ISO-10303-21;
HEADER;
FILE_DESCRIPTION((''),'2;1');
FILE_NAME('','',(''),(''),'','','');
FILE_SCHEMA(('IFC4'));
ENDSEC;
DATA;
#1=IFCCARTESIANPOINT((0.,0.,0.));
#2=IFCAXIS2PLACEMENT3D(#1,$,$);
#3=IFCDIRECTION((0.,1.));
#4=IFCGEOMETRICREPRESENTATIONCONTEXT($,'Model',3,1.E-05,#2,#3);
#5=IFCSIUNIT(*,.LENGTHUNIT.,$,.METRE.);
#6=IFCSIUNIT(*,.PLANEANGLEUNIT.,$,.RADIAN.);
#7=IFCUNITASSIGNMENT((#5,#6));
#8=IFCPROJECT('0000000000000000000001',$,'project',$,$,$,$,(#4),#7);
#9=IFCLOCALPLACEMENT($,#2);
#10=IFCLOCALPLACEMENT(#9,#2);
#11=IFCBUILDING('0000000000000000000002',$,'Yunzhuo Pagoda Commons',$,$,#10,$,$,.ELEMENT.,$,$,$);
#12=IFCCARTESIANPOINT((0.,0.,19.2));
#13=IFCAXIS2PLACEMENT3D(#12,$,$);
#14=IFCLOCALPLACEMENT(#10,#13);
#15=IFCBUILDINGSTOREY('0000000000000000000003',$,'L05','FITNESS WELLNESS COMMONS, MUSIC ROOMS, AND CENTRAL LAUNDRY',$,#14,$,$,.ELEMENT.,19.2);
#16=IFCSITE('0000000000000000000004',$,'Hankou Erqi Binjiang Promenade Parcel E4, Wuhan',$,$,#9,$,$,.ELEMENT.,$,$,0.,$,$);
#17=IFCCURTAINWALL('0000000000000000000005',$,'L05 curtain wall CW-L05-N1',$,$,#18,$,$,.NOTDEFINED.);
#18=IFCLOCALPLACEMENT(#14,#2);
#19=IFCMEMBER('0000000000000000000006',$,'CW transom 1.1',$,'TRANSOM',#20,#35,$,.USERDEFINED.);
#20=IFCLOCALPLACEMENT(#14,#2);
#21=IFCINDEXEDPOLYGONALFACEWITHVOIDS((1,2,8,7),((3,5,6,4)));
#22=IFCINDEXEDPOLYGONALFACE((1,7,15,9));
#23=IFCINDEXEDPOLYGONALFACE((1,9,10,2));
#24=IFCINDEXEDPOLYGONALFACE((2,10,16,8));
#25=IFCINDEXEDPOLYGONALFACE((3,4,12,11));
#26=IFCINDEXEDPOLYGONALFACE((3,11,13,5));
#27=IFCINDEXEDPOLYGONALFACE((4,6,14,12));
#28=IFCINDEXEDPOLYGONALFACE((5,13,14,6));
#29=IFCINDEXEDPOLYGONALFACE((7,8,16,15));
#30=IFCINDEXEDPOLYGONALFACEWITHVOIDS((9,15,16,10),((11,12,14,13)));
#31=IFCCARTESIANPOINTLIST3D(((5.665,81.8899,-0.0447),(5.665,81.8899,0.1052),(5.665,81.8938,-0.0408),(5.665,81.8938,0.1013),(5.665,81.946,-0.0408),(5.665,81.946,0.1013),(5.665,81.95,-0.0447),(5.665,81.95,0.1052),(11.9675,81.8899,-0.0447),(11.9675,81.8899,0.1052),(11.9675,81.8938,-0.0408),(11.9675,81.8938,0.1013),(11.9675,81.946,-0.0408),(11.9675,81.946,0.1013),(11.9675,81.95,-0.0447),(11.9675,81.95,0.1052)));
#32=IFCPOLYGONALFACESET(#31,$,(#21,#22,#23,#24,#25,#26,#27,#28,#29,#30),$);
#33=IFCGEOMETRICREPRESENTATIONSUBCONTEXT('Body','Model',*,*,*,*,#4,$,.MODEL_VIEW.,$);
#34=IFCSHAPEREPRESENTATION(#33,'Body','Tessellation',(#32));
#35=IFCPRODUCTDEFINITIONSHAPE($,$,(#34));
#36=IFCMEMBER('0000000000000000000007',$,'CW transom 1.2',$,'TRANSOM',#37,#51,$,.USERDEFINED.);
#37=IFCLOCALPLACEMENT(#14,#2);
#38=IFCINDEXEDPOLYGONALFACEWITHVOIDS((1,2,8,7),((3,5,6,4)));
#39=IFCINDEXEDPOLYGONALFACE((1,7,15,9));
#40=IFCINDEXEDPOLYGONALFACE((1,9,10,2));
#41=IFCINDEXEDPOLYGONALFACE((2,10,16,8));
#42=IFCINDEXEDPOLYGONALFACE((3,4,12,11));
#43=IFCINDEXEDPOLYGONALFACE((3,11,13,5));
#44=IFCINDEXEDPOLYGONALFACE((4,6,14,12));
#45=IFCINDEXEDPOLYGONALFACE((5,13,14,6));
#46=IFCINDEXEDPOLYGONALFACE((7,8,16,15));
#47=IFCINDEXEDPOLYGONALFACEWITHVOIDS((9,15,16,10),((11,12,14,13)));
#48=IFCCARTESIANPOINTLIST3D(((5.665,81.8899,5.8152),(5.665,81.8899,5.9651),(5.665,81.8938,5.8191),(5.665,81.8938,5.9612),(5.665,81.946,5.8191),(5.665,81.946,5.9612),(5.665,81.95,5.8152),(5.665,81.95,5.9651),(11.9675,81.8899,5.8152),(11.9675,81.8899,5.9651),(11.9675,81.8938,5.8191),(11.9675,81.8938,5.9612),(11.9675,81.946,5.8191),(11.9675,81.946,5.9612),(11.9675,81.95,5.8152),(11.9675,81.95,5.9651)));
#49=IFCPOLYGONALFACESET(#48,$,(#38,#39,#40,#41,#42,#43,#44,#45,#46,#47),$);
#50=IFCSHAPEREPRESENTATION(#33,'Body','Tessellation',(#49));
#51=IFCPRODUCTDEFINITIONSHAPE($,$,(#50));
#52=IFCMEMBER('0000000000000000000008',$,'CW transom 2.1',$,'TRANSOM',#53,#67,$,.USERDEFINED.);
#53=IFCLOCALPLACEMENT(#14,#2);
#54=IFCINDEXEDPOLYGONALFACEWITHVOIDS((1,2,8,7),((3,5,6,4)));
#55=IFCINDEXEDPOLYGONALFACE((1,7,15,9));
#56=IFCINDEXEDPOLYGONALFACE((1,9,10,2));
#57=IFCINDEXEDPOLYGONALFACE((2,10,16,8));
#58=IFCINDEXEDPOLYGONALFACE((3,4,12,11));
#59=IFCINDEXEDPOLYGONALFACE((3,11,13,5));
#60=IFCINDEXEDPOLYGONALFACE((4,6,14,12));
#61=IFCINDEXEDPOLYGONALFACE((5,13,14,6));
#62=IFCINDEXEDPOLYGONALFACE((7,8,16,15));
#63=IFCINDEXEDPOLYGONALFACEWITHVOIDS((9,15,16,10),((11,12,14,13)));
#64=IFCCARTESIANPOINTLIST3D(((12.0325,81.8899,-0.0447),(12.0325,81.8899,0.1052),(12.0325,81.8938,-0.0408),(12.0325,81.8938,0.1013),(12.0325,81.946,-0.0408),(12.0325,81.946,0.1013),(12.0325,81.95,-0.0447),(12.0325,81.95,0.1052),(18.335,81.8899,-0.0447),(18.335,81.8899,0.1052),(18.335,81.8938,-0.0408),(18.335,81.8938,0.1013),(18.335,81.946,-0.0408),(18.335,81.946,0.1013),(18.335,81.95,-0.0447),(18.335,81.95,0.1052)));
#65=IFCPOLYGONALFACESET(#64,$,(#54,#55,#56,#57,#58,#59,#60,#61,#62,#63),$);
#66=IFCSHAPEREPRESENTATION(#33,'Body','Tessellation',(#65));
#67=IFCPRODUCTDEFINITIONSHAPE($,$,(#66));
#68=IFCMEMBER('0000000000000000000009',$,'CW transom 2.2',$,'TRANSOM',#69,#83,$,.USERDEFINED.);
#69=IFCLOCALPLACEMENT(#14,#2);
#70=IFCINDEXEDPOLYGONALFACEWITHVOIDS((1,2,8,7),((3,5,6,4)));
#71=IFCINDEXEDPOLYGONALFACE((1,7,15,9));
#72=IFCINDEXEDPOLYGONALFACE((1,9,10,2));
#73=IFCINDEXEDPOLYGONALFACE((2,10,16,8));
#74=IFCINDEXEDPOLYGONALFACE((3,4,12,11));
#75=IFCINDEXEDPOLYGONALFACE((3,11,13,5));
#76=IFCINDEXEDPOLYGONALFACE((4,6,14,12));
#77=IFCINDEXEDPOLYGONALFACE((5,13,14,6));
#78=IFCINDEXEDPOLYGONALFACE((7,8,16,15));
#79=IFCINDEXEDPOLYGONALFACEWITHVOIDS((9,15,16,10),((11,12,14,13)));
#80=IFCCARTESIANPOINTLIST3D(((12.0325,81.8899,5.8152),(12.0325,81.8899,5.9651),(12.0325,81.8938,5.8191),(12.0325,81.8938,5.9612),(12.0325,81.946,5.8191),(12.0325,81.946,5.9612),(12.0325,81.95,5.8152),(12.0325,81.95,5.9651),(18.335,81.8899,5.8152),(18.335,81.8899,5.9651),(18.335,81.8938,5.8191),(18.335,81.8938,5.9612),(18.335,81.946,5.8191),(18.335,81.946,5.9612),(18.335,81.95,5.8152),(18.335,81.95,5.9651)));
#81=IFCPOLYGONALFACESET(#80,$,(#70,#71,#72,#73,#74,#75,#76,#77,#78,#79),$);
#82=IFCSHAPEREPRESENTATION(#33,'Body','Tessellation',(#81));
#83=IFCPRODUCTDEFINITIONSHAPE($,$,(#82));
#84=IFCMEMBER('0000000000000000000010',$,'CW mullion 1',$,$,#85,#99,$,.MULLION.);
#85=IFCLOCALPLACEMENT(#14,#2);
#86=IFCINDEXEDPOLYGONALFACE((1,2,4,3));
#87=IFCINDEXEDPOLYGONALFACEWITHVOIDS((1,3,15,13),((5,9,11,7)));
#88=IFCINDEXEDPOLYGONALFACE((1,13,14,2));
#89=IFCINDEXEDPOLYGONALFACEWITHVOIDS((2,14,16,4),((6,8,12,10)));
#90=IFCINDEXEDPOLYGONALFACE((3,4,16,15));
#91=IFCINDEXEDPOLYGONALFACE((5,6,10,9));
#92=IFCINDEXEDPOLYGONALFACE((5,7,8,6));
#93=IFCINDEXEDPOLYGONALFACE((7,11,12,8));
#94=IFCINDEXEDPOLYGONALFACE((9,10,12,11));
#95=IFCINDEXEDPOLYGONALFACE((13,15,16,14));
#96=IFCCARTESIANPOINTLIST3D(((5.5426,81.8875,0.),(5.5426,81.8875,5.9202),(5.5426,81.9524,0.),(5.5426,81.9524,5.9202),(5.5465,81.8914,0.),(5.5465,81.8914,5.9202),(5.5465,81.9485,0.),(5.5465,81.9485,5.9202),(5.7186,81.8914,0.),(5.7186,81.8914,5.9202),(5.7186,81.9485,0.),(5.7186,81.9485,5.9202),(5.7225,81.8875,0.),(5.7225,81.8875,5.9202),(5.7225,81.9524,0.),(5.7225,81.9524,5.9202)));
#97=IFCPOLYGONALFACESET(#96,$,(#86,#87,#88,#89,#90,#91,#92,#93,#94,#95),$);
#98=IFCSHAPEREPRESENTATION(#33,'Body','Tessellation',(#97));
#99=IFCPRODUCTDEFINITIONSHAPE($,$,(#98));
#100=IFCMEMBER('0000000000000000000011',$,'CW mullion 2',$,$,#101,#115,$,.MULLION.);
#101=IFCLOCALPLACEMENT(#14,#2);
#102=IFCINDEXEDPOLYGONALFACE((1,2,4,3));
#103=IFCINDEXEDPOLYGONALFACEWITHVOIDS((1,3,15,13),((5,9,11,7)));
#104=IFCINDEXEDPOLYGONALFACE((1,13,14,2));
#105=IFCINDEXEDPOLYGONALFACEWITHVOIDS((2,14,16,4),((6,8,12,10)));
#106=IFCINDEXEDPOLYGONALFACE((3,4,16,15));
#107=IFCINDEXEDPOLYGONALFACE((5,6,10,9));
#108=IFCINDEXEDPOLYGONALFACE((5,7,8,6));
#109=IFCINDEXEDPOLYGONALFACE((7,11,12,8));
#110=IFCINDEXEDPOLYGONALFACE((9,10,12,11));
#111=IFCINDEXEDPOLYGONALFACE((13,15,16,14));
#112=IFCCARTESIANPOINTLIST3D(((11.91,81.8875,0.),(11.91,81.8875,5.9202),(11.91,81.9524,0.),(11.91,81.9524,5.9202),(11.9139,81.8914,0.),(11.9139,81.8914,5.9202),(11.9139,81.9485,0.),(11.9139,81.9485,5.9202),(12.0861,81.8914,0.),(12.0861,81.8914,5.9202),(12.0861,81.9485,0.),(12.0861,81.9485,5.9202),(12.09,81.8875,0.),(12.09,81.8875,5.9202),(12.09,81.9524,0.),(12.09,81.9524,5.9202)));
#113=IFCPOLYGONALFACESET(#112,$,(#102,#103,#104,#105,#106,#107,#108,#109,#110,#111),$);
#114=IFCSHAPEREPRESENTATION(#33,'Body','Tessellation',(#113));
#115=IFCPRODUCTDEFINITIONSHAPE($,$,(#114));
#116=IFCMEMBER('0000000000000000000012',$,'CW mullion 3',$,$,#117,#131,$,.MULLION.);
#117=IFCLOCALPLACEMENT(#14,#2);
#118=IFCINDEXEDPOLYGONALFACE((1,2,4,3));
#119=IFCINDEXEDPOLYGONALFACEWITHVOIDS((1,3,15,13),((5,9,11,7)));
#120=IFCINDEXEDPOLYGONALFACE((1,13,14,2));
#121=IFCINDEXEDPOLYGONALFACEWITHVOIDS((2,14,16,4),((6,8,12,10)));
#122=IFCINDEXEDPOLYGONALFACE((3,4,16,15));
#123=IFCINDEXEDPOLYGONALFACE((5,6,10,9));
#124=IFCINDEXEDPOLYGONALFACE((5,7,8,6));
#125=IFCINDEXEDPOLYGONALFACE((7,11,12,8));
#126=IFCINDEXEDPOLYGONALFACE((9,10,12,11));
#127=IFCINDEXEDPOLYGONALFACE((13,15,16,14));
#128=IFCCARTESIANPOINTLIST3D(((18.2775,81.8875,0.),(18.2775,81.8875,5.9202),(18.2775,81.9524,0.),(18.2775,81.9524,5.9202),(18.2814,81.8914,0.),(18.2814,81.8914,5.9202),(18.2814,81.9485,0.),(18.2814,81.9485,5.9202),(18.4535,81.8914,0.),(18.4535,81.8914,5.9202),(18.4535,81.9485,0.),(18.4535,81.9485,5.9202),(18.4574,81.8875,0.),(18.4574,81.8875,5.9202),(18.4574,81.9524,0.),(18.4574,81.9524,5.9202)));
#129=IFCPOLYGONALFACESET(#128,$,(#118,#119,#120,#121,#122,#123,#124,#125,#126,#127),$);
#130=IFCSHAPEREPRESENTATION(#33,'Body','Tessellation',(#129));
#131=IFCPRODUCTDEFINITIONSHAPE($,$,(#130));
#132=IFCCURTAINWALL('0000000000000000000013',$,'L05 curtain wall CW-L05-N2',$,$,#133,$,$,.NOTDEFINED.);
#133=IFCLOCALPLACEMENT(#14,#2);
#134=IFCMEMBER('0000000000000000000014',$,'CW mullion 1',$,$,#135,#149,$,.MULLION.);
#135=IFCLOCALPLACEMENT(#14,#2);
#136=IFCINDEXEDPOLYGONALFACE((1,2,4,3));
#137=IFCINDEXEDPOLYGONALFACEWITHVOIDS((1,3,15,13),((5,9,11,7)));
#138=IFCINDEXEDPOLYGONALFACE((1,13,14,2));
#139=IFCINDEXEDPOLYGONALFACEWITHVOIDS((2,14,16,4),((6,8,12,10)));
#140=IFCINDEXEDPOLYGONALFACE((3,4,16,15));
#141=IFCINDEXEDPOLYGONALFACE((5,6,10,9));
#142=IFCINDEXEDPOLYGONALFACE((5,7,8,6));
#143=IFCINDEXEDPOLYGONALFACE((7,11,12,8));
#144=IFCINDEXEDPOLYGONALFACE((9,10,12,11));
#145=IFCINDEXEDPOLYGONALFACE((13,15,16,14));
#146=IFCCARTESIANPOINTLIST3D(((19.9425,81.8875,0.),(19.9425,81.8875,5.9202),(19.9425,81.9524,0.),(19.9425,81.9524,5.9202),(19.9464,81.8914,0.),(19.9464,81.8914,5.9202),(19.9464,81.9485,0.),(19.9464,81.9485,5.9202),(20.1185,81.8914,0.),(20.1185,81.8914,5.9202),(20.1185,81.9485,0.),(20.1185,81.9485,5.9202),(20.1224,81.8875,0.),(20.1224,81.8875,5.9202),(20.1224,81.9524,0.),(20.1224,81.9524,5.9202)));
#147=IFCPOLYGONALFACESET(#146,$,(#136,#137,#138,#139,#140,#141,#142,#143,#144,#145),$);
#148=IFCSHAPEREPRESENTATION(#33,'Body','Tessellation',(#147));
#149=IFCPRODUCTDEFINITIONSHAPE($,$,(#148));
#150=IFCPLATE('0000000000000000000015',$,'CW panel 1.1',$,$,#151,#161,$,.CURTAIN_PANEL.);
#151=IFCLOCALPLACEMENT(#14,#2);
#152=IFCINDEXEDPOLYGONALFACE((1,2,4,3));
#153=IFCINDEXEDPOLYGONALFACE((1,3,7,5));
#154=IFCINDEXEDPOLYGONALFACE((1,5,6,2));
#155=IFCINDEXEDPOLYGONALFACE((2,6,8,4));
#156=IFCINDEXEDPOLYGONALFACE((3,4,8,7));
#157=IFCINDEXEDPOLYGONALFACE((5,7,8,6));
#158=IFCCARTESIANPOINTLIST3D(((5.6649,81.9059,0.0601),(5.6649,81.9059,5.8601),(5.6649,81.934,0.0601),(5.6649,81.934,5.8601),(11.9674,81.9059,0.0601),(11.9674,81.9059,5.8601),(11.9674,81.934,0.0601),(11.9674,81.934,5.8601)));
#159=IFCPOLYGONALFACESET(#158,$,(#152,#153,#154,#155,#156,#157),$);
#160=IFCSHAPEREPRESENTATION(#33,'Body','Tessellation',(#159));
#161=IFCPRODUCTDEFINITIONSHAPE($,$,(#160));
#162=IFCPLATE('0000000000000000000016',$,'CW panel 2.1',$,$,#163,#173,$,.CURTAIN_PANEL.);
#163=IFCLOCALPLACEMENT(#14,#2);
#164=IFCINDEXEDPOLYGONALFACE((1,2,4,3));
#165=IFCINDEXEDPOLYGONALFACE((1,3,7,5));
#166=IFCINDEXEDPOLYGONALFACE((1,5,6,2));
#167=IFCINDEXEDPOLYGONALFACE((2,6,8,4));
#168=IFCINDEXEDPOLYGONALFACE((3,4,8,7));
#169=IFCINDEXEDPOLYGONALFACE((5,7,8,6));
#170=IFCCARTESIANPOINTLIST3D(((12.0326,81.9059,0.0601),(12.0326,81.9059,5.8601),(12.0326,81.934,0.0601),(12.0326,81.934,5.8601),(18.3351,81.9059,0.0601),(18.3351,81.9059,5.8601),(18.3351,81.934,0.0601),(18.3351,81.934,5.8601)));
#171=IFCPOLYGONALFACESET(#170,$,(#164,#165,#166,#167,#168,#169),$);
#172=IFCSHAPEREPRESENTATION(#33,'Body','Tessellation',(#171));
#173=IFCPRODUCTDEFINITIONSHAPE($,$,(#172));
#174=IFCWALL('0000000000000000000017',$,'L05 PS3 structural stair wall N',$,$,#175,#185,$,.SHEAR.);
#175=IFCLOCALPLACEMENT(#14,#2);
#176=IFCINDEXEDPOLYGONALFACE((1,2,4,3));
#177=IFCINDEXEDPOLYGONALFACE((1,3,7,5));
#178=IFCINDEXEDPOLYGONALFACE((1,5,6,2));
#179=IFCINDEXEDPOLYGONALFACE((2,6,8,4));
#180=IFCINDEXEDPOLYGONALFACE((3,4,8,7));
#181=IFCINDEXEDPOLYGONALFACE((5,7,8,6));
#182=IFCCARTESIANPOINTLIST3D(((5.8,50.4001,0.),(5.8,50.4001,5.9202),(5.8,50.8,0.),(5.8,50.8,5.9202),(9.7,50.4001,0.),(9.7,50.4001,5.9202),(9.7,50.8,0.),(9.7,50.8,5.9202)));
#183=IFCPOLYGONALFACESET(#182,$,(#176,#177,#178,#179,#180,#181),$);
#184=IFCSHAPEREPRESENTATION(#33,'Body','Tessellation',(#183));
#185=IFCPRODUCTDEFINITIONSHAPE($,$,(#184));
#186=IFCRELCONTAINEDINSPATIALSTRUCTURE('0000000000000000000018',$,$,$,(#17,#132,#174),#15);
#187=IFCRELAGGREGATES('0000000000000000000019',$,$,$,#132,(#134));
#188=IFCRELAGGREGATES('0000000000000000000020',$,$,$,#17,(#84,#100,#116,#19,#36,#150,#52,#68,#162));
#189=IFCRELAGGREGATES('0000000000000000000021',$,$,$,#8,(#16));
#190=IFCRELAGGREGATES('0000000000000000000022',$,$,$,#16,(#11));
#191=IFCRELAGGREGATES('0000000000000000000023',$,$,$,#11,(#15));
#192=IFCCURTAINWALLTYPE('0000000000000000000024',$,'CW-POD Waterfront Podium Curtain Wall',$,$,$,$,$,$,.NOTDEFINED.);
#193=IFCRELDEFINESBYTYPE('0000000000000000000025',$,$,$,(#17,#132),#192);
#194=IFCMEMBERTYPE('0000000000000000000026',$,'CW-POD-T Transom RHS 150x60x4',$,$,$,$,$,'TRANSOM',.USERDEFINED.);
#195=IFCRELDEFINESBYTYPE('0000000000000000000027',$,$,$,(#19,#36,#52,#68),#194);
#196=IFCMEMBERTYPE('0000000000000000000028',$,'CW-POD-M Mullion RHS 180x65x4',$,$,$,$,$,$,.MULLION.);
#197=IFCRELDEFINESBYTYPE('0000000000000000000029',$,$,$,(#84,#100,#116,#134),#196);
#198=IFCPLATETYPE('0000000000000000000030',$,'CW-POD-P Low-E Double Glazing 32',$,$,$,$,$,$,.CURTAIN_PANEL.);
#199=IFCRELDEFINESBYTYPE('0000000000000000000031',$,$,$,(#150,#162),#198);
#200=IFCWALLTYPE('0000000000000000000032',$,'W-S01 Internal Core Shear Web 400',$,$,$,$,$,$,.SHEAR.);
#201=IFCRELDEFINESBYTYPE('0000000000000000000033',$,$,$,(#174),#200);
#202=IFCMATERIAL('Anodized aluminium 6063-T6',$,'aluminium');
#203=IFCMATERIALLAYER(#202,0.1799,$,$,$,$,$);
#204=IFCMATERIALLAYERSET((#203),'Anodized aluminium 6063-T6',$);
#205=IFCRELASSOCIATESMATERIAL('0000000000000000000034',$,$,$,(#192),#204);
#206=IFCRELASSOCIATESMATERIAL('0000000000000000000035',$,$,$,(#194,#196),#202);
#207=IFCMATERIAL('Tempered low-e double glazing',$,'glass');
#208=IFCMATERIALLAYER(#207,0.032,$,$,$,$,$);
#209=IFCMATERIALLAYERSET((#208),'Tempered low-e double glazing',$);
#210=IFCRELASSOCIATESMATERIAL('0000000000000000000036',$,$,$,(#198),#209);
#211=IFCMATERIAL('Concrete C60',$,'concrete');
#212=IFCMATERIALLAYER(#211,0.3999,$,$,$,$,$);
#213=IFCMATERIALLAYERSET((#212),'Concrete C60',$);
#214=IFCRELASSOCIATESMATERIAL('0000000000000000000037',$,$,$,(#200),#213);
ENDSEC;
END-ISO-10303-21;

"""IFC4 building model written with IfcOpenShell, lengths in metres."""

from ifc_helpers import new_model, si_unit, direction, frame, frame_2d, origin, origin_2d, place, context, subcontext, project, spatial, rectangle, hollow_rectangle, extrude, source, transform, mapped, material, layer, layer_set, material_profile, profile_set, type_object, element, aggregate, save


model = new_model("IFC4")

# Units and contexts
model_context = context("Model", 3, precision=1e-05, world=origin(), true_north=direction((0.0, 1.0)))
body_context = subcontext(model_context, "Body", "Model", "MODEL_VIEW")
ifc_project = project(units=[si_unit("LENGTHUNIT", "METRE"), si_unit("PLANEANGLEUNIT", "RADIAN")], contexts=[model_context])

# Site, building, storey
site_placement = place(None, origin())
site = spatial("IfcSite", under=ifc_project, at=site_placement, Name="Hankou Erqi Binjiang Promenade Parcel E4, Wuhan", CompositionType="ELEMENT", RefElevation=0.0)
building_placement = place(site_placement, origin())
building = spatial("IfcBuilding", under=site, at=building_placement, Name="Yunzhuo Pagoda Commons", CompositionType="ELEMENT")
storey_placement = place(building_placement, frame((0.0, 0.0, 19.2)))
storey = spatial("IfcBuildingStorey", under=building, at=storey_placement, Name="L05", Description="FITNESS WELLNESS COMMONS, MUSIC ROOMS, AND CENTRAL LAUNDRY", CompositionType="ELEMENT", Elevation=19.2)

# Curtain wall, members
ifc_material_1 = material(Name="Anodized aluminium 6063-T6", Category="aluminium")
ifc_layer_1 = layer(ifc_material_1, 0.1799)
ifc_layer_set_1 = layer_set([ifc_layer_1], Name="Anodized aluminium 6063-T6")
curtain_wall_type = type_object("IfcCurtainWallType", Name="CW-POD Waterfront Podium Curtain Wall", PredefinedType="NOTDEFINED", material=ifc_layer_set_1)
curtain_wall_1_placement = place(storey_placement, origin())
curtain_wall_1 = element("IfcCurtainWall", 1, at=curtain_wall_1_placement, inside=storey, type_object=curtain_wall_type, Name="L05 curtain wall CW-L05-N1", PredefinedType="NOTDEFINED")
ifc_material_profile_1 = material_profile(ifc_material_1, hollow_rectangle(XDim=0.0601, YDim=0.1499, WallThickness=0.0039, at=origin_2d()), Name="Anodized aluminium 6063-T6")
ifc_profile_set_1 = profile_set([ifc_material_profile_1], Name="Anodized aluminium 6063-T6")
member_type_1 = type_object("IfcMemberType", Name="CW-POD-T Transom RHS 150x60x4", ElementType="TRANSOM", PredefinedType="USERDEFINED", material=ifc_profile_set_1)
shared_shape_1 = source(origin(), body_context, "Body", "SweptSolid", [
    extrude(hollow_rectangle(XDim=0.0601, YDim=0.1499, WallThickness=0.0039, at=origin_2d()), origin(), (0.0, 0.0, 1.0), 6.3025),
])
member_1_placement = place(storey_placement, frame((5.665, 81.9199, 0.0303), z_axis=(1.0, 0.0, 0.0), x_axis=(0.0, 1.0, 0.0)))
member_1 = element("IfcMember", 2, at=member_1_placement, type_object=member_type_1, Name="CW transom 1.1", ObjectType="TRANSOM", PredefinedType="USERDEFINED", context=body_context, shape_type="MappedRepresentation", body=[
    mapped(shared_shape_1, transform((0.0, 0.0, 0.0), scale=1.0)),
])
member_2_placement = place(storey_placement, frame((5.665, 81.9199, 5.8901), z_axis=(1.0, 0.0, 0.0), x_axis=(0.0, 1.0, 0.0)))
member_2 = element("IfcMember", 3, at=member_2_placement, type_object=member_type_1, Name="CW transom 1.2", ObjectType="TRANSOM", PredefinedType="USERDEFINED", context=body_context, shape_type="MappedRepresentation", body=[
    mapped(shared_shape_1, transform((0.0, 0.0, 0.0), scale=1.0)),
])
member_3_placement = place(storey_placement, frame((12.0325, 81.9199, 0.0303), z_axis=(1.0, 0.0, 0.0), x_axis=(0.0, 1.0, 0.0)))
member_3 = element("IfcMember", 4, at=member_3_placement, type_object=member_type_1, Name="CW transom 2.1", ObjectType="TRANSOM", PredefinedType="USERDEFINED", context=body_context, shape_type="MappedRepresentation", body=[
    mapped(shared_shape_1, transform((0.0, 0.0, 0.0), scale=1.0)),
])
member_4_placement = place(storey_placement, frame((12.0325, 81.9199, 5.8901), z_axis=(1.0, 0.0, 0.0), x_axis=(0.0, 1.0, 0.0)))
member_4 = element("IfcMember", 5, at=member_4_placement, type_object=member_type_1, Name="CW transom 2.2", ObjectType="TRANSOM", PredefinedType="USERDEFINED", context=body_context, shape_type="MappedRepresentation", body=[
    mapped(shared_shape_1, transform((0.0, 0.0, 0.0), scale=1.0)),
])
ifc_material_profile_2 = material_profile(ifc_material_1, hollow_rectangle(XDim=0.0649, YDim=0.1799, WallThickness=0.0039, at=origin_2d()), Name="Anodized aluminium 6063-T6")
ifc_profile_set_2 = profile_set([ifc_material_profile_2], Name="Anodized aluminium 6063-T6")
member_type_2 = type_object("IfcMemberType", Name="CW-POD-M Mullion RHS 180x65x4", PredefinedType="MULLION", material=ifc_profile_set_2)
shared_shape_2 = source(origin(), body_context, "Body", "SweptSolid", [
    extrude(hollow_rectangle(XDim=0.0649, YDim=0.1799, WallThickness=0.0039, at=origin_2d()), origin(), (0.0, 0.0, 1.0), 5.9202),
])
member_5_placement = place(storey_placement, frame((5.6326, 81.9199, 0.0), z_axis=(0.0, 0.0, 1.0), x_axis=(0.0, 1.0, 0.0)))
member_5 = element("IfcMember", 6, at=member_5_placement, type_object=member_type_2, Name="CW mullion 1", PredefinedType="MULLION", context=body_context, shape_type="MappedRepresentation", body=[
    mapped(shared_shape_2, transform((0.0, 0.0, 0.0), scale=1.0)),
])
member_6_placement = place(storey_placement, frame((12.0, 81.9199, 0.0), z_axis=(0.0, 0.0, 1.0), x_axis=(0.0, 1.0, 0.0)))
member_6 = element("IfcMember", 7, at=member_6_placement, type_object=member_type_2, Name="CW mullion 2", PredefinedType="MULLION", context=body_context, shape_type="MappedRepresentation", body=[
    mapped(shared_shape_2, transform((0.0, 0.0, 0.0), scale=1.0)),
])
member_7_placement = place(storey_placement, frame((18.3674, 81.9199, 0.0), z_axis=(0.0, 0.0, 1.0), x_axis=(0.0, 1.0, 0.0)))
member_7 = element("IfcMember", 8, at=member_7_placement, type_object=member_type_2, Name="CW mullion 3", PredefinedType="MULLION", context=body_context, shape_type="MappedRepresentation", body=[
    mapped(shared_shape_2, transform((0.0, 0.0, 0.0), scale=1.0)),
])

# Curtain wall, member
curtain_wall_2_placement = place(storey_placement, origin())
curtain_wall_2 = element("IfcCurtainWall", 9, at=curtain_wall_2_placement, inside=storey, type_object=curtain_wall_type, Name="L05 curtain wall CW-L05-N2", PredefinedType="NOTDEFINED")
member_8_placement = place(storey_placement, frame((20.0325, 81.9199, 0.0), z_axis=(0.0, 0.0, 1.0), x_axis=(0.0, 1.0, 0.0)))
member_8 = element("IfcMember", 10, at=member_8_placement, type_object=member_type_2, Name="CW mullion 1", PredefinedType="MULLION", context=body_context, shape_type="MappedRepresentation", body=[
    mapped(shared_shape_2, transform((0.0, 0.0, 0.0), scale=1.0)),
])
aggregate(curtain_wall_2, [member_8])

# Plates
ifc_material_2 = material(Name="Tempered low-e double glazing", Category="glass")
ifc_layer_2 = layer(ifc_material_2, 0.032)
ifc_layer_set_2 = layer_set([ifc_layer_2], Name="Tempered low-e double glazing")
plate_type = type_object("IfcPlateType", Name="CW-POD-P Low-E Double Glazing 32", PredefinedType="CURTAIN_PANEL", material=ifc_layer_set_2)
shared_shape_3 = source(origin(), body_context, "Body", "SweptSolid", [
    extrude(rectangle(XDim=6.3025, YDim=0.0281, at=origin_2d()), origin(), (0.0, 0.0, 1.0), 5.8),
])
plate_1_placement = place(storey_placement, frame((8.8162, 81.9199, 0.0601), z_axis=(0.0, 0.0, 1.0), x_axis=(1.0, 0.0, 0.0)))
plate_1 = element("IfcPlate", 11, at=plate_1_placement, type_object=plate_type, Name="CW panel 1.1", PredefinedType="CURTAIN_PANEL", context=body_context, shape_type="MappedRepresentation", body=[
    mapped(shared_shape_3, transform((0.0, 0.0, 0.0), scale=1.0)),
])
plate_2_placement = place(storey_placement, frame((15.1838, 81.9199, 0.0601), z_axis=(0.0, 0.0, 1.0), x_axis=(1.0, 0.0, 0.0)))
plate_2 = element("IfcPlate", 12, at=plate_2_placement, type_object=plate_type, Name="CW panel 2.1", PredefinedType="CURTAIN_PANEL", context=body_context, shape_type="MappedRepresentation", body=[
    mapped(shared_shape_3, transform((0.0, 0.0, 0.0), scale=1.0)),
])
aggregate(curtain_wall_1, [member_5, member_6, member_7, member_1, member_2, plate_1, member_3, member_4, plate_2])

# Wall
ifc_material_3 = material(Name="Concrete C60", Category="concrete")
ifc_layer_3 = layer(ifc_material_3, 0.3999)
ifc_layer_set_3 = layer_set([ifc_layer_3], Name="Concrete C60")
wall_type = type_object("IfcWallType", Name="W-S01 Internal Core Shear Web 400", PredefinedType="SHEAR", material=ifc_layer_set_3)
wall_placement = place(storey_placement, frame((5.8, 50.6001, 0.0), z_axis=(0.0, 0.0, 1.0), x_axis=(1.0, 0.0, 0.0)))
element("IfcWall", 13, at=wall_placement, inside=storey, type_object=wall_type, Name="L05 PS3 structural stair wall N", PredefinedType="SHEAR", context=body_context, shape_type="SweptSolid", body=[
    extrude(rectangle(XDim=3.8999, YDim=0.3999, at=frame_2d((1.95, 0.0))), origin(), (0.0, 0.0, 1.0), 5.9202),
])

save(model, "model.ifc")
